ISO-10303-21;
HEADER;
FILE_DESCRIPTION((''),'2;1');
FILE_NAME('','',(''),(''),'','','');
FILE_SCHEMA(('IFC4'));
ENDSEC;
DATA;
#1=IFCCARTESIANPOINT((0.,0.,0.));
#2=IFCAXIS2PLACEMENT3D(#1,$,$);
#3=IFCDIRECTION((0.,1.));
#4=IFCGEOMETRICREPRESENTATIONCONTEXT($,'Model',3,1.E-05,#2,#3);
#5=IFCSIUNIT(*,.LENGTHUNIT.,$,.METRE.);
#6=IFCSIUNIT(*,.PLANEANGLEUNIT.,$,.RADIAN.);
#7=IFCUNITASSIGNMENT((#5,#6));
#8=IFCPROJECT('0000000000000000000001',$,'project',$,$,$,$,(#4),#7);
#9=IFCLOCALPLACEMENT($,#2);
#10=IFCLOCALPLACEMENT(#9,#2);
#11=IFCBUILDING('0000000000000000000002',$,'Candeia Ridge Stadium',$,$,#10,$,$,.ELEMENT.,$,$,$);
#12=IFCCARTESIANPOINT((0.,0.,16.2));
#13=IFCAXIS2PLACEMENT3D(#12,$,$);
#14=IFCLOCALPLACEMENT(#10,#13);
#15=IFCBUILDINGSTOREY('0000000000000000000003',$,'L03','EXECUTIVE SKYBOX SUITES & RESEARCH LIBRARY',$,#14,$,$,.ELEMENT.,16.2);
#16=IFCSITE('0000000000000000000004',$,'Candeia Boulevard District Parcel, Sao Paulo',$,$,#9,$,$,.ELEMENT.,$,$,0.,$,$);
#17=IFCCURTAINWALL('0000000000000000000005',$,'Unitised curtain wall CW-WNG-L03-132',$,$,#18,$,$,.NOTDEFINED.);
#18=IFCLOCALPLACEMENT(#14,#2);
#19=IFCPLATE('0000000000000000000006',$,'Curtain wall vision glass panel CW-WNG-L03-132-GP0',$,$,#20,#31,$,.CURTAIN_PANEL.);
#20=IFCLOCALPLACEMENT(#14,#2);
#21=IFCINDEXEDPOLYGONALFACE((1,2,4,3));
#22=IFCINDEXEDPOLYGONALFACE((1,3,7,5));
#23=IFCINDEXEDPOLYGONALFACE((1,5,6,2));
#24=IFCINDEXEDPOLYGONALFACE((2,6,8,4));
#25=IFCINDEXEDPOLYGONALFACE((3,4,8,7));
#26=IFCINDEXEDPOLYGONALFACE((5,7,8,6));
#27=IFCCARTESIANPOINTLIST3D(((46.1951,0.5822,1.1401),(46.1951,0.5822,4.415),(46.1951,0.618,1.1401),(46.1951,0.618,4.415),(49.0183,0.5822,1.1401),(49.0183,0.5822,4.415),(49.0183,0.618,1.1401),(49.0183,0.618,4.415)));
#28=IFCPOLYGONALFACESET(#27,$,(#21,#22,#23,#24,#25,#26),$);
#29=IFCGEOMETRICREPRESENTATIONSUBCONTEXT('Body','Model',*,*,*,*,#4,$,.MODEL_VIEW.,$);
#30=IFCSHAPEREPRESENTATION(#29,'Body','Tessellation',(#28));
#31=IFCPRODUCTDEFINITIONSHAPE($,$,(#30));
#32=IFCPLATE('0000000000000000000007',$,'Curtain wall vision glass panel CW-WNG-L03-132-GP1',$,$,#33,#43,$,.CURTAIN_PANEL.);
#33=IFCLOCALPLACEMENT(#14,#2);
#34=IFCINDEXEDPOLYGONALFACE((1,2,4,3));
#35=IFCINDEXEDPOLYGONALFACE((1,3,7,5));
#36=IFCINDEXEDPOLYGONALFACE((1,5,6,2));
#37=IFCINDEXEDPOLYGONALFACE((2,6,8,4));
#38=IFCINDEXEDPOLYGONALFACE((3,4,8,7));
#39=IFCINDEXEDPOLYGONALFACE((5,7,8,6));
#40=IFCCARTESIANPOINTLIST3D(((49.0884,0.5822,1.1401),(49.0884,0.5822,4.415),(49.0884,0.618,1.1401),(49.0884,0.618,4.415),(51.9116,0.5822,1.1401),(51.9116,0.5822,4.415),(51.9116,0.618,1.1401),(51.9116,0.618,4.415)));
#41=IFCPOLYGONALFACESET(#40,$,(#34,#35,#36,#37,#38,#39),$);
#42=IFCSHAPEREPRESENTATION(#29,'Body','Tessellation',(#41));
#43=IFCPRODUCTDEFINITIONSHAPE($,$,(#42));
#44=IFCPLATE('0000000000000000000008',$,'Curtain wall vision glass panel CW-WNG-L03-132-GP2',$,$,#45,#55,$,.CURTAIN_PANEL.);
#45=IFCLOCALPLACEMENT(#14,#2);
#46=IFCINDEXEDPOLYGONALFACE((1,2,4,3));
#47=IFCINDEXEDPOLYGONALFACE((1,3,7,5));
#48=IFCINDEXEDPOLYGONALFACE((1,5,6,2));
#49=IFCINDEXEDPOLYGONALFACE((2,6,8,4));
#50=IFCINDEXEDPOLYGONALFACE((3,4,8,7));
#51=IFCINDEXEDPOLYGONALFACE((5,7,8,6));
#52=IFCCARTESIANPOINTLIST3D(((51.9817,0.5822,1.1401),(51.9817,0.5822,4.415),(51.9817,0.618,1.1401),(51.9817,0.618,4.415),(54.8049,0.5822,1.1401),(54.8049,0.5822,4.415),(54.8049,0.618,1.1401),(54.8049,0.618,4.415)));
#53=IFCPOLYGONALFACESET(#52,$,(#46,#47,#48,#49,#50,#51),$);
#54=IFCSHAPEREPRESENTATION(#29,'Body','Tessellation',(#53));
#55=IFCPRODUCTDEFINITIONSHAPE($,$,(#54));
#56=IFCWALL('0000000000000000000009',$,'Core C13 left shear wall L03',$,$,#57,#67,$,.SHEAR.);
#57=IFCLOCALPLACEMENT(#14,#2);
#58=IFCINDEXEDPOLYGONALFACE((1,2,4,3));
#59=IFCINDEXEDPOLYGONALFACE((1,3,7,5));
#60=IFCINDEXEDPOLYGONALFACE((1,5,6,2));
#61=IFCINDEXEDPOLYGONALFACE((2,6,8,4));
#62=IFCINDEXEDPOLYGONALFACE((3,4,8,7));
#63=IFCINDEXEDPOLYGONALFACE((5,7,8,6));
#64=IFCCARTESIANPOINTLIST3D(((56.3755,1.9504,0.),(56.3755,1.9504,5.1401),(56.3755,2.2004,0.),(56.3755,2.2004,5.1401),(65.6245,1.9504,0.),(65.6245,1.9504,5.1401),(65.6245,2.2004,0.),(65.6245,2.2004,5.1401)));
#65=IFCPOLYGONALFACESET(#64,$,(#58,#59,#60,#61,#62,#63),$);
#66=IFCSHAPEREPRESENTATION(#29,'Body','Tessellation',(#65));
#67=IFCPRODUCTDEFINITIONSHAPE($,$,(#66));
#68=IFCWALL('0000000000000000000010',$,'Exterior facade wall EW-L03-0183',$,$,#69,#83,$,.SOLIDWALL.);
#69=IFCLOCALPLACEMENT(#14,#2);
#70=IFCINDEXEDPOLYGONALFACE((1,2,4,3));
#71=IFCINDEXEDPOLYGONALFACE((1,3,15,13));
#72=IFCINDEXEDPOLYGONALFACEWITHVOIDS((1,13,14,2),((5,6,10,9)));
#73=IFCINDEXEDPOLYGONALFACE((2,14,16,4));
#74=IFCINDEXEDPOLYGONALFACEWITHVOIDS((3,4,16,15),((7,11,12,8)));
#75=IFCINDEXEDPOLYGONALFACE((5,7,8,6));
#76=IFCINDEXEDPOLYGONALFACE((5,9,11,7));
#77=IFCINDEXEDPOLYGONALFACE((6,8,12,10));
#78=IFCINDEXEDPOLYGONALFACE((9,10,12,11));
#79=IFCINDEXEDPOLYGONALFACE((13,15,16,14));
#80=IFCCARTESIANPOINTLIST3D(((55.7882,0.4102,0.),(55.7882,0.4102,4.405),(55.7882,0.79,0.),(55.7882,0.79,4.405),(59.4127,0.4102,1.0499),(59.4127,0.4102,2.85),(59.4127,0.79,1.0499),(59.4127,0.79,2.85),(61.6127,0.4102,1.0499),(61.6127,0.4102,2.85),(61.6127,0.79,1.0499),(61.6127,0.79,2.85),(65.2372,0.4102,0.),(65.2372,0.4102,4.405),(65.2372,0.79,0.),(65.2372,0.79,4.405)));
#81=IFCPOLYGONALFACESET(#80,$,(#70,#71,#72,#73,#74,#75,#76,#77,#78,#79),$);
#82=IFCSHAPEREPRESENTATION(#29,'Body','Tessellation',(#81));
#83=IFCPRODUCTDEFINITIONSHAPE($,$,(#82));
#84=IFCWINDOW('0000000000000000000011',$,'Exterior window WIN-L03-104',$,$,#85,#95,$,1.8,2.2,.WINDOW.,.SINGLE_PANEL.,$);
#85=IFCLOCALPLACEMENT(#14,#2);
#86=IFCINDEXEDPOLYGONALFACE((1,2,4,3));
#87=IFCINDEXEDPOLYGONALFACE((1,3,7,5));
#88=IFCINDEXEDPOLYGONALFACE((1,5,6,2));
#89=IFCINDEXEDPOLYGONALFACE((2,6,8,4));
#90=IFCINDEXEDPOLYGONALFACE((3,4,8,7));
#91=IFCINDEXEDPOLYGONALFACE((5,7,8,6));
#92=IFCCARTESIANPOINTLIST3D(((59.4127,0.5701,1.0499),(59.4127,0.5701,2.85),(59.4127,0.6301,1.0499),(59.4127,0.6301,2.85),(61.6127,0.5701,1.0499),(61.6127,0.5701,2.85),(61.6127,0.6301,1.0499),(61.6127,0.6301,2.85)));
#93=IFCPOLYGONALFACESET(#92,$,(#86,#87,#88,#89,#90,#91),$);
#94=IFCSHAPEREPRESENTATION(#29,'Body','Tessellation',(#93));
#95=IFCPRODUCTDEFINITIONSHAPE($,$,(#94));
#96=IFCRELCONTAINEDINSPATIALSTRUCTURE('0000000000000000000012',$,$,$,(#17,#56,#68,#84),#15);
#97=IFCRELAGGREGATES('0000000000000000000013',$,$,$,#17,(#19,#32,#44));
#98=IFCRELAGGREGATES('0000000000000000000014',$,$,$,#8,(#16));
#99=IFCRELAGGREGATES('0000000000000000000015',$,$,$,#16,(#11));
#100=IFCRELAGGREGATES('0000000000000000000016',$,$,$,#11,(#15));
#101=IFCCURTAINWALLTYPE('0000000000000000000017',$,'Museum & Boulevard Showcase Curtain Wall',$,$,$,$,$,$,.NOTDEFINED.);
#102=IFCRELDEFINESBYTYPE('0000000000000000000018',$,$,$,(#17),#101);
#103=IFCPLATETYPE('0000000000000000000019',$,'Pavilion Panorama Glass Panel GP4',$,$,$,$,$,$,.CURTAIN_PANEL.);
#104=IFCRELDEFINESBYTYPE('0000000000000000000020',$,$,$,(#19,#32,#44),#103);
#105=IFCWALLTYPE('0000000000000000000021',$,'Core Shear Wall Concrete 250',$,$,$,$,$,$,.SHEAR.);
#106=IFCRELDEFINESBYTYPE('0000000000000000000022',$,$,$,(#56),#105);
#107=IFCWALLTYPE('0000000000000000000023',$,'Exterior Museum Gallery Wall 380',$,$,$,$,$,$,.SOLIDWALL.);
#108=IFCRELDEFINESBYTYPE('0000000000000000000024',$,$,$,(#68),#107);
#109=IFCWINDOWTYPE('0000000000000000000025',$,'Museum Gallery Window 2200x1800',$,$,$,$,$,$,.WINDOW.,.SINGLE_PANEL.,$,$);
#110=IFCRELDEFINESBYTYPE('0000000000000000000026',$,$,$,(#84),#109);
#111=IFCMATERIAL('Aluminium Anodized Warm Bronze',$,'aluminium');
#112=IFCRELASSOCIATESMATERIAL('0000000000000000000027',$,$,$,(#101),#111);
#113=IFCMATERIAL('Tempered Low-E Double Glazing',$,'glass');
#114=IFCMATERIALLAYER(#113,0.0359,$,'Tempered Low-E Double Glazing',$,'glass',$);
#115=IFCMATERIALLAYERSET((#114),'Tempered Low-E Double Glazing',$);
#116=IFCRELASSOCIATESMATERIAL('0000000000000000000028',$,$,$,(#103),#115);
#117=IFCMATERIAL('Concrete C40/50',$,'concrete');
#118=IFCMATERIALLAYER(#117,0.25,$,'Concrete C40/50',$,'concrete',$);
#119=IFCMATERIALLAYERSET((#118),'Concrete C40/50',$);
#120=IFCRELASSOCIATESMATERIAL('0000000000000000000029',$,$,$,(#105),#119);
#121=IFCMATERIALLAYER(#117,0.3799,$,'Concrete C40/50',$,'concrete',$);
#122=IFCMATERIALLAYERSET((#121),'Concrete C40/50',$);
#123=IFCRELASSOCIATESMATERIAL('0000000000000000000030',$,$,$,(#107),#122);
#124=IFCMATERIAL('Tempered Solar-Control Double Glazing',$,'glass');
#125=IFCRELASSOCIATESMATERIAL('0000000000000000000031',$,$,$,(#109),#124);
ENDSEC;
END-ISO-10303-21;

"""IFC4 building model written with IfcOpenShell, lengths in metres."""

from ifc_helpers import new_model, si_unit, direction, frame, frame_2d, origin, origin_2d, place, context, subcontext, project, spatial, rectangle, extrude, material, layer, layer_set, type_object, element, fill, aggregate, save


model = new_model("IFC4")

# Units and contexts
model_context = context("Model", 3, precision=1e-05, world=origin(), true_north=direction((0.0, 1.0)))
body_context = subcontext(model_context, "Body", "Model", "MODEL_VIEW")
ifc_project = project(units=[si_unit("LENGTHUNIT", "METRE"), si_unit("PLANEANGLEUNIT", "RADIAN")], contexts=[model_context])

# Site, building, storey
site_placement = place(None, origin())
site = spatial("IfcSite", under=ifc_project, at=site_placement, Name="Candeia Boulevard District Parcel, Sao Paulo", CompositionType="ELEMENT", RefElevation=0.0)
building_placement = place(site_placement, origin())
building = spatial("IfcBuilding", under=site, at=building_placement, Name="Candeia Ridge Stadium", CompositionType="ELEMENT")
storey_placement = place(building_placement, frame((0.0, 0.0, 16.2)))
storey = spatial("IfcBuildingStorey", under=building, at=storey_placement, Name="L03", Description="EXECUTIVE SKYBOX SUITES & RESEARCH LIBRARY", CompositionType="ELEMENT", Elevation=16.2)

# Shared definitions
ifc_material_1 = material(Name="Concrete C40/50", Category="concrete")

# Curtain wall
ifc_material_2 = material(Name="Aluminium Anodized Warm Bronze", Category="aluminium")
curtain_wall_type = type_object("IfcCurtainWallType", Name="Museum & Boulevard Showcase Curtain Wall", PredefinedType="NOTDEFINED", material=ifc_material_2)
curtain_wall_placement = place(storey_placement, origin())
curtain_wall = element("IfcCurtainWall", 1, at=curtain_wall_placement, inside=storey, type_object=curtain_wall_type, Name="Unitised curtain wall CW-WNG-L03-132", PredefinedType="NOTDEFINED")

# Plates
ifc_material_3 = material(Name="Tempered Low-E Double Glazing", Category="glass")
ifc_layer_1 = layer(ifc_material_3, 0.0359, Name="Tempered Low-E Double Glazing", Category="glass")
ifc_layer_set_1 = layer_set([ifc_layer_1], Name="Tempered Low-E Double Glazing")
plate_type_1 = type_object("IfcPlateType", Name="Pavilion Panorama Glass Panel GP4", PredefinedType="CURTAIN_PANEL", material=ifc_layer_set_1)
plate_1_placement = place(storey_placement, frame((47.6067, 0.6001, 1.1401), z_axis=(0.0, 0.0, 1.0), x_axis=(1.0, 0.0, 0.0)))
plate_1 = element("IfcPlate", 2, at=plate_1_placement, type_object=plate_type_1, Name="Curtain wall vision glass panel CW-WNG-L03-132-GP0", PredefinedType="CURTAIN_PANEL", context=body_context, shape_type="SweptSolid", body=[
    extrude(rectangle(XDim=2.8232, YDim=0.0359, at=origin_2d()), origin(), (0.0, 0.0, 1.0), 3.2749),
])
plate_2_placement = place(storey_placement, frame((50.5, 0.6001, 1.1401), z_axis=(0.0, 0.0, 1.0), x_axis=(1.0, 0.0, 0.0)))
plate_2 = element("IfcPlate", 3, at=plate_2_placement, type_object=plate_type_1, Name="Curtain wall vision glass panel CW-WNG-L03-132-GP1", PredefinedType="CURTAIN_PANEL", context=body_context, shape_type="SweptSolid", body=[
    extrude(rectangle(XDim=2.8232, YDim=0.0359, at=origin_2d()), origin(), (0.0, 0.0, 1.0), 3.2749),
])
plate_3_placement = place(storey_placement, frame((53.3933, 0.6001, 1.1401), z_axis=(0.0, 0.0, 1.0), x_axis=(1.0, 0.0, 0.0)))
plate_3 = element("IfcPlate", 4, at=plate_3_placement, type_object=plate_type_1, Name="Curtain wall vision glass panel CW-WNG-L03-132-GP2", PredefinedType="CURTAIN_PANEL", context=body_context, shape_type="SweptSolid", body=[
    extrude(rectangle(XDim=2.8232, YDim=0.0359, at=origin_2d()), origin(), (0.0, 0.0, 1.0), 3.2749),
])
aggregate(curtain_wall, [plate_1, plate_2, plate_3])

# Wall
ifc_layer_2 = layer(ifc_material_1, 0.25, Name="Concrete C40/50", Category="concrete")
ifc_layer_set_2 = layer_set([ifc_layer_2], Name="Concrete C40/50")
wall_type_1 = type_object("IfcWallType", Name="Core Shear Wall Concrete 250", PredefinedType="SHEAR", material=ifc_layer_set_2)
wall_1_placement = place(storey_placement, frame((56.3755, 2.0754, 0.0), z_axis=(0.0, 0.0, 1.0), x_axis=(1.0, 0.0, 0.0)))
element("IfcWall", 5, at=wall_1_placement, inside=storey, type_object=wall_type_1, Name="Core C13 left shear wall L03", PredefinedType="SHEAR", context=body_context, shape_type="SweptSolid", body=[
    extrude(rectangle(XDim=9.249, YDim=0.25, at=frame_2d((4.6245, 0.0))), origin(), (0.0, 0.0, 1.0), 5.1401),
])

# Wall, opening, window
ifc_layer_3 = layer(ifc_material_1, 0.3799, Name="Concrete C40/50", Category="concrete")
ifc_layer_set_3 = layer_set([ifc_layer_3], Name="Concrete C40/50")
wall_type_2 = type_object("IfcWallType", Name="Exterior Museum Gallery Wall 380", PredefinedType="SOLIDWALL", material=ifc_layer_set_3)
wall_2_placement = place(storey_placement, frame((55.7881, 0.6001, 0.0), z_axis=(0.0, 0.0, 1.0), x_axis=(1.0, 0.0, 0.0)))
wall_2 = element("IfcWall", 6, at=wall_2_placement, inside=storey, type_object=wall_type_2, Name="Exterior facade wall EW-L03-0183", PredefinedType="SOLIDWALL", context=body_context, shape_type="SweptSolid", body=[
    extrude(rectangle(XDim=9.449, YDim=0.3799, at=frame_2d((4.7246, 0.0))), origin(), (0.0, 0.0, 1.0), 4.405),
])
opening_placement = place(wall_2_placement, frame((3.6245, 0.0, 1.05)))
opening = element("IfcOpeningElement", 7, at=opening_placement, cuts=wall_2, PredefinedType="OPENING", context=body_context, shape_type="SweptSolid", body=[
    extrude(rectangle(XDim=2.2, YDim=1.8, at=frame_2d((1.1001, 0.8999))), frame((0.0, 0.2, 0.0), z_axis=(0.0, -1.0, 0.0), x_axis=(1.0, 0.0, 0.0)), (0.0, 0.0, 1.0), 0.3999),
])
ifc_material_4 = material(Name="Tempered Solar-Control Double Glazing", Category="glass")
window_type = type_object("IfcWindowType", Name="Museum Gallery Window 2200x1800", PartitioningType="SINGLE_PANEL", PredefinedType="WINDOW", material=ifc_material_4)
window_placement = place(opening_placement, origin())
window = element("IfcWindow", 8, at=window_placement, inside=storey, type_object=window_type, Name="Exterior window WIN-L03-104", OverallHeight=1.8, OverallWidth=2.2, PartitioningType="SINGLE_PANEL", PredefinedType="WINDOW", context=body_context, shape_type="SweptSolid", body=[
    extrude(rectangle(XDim=2.2, YDim=1.8, at=frame_2d((1.1001, 0.8999))), frame((0.0, 0.03, 0.0), z_axis=(0.0, -1.0, 0.0), x_axis=(1.0, 0.0, 0.0)), (0.0, 0.0, 1.0), 0.0601),
])
fill(opening, window)

save(model, "model.ifc")
